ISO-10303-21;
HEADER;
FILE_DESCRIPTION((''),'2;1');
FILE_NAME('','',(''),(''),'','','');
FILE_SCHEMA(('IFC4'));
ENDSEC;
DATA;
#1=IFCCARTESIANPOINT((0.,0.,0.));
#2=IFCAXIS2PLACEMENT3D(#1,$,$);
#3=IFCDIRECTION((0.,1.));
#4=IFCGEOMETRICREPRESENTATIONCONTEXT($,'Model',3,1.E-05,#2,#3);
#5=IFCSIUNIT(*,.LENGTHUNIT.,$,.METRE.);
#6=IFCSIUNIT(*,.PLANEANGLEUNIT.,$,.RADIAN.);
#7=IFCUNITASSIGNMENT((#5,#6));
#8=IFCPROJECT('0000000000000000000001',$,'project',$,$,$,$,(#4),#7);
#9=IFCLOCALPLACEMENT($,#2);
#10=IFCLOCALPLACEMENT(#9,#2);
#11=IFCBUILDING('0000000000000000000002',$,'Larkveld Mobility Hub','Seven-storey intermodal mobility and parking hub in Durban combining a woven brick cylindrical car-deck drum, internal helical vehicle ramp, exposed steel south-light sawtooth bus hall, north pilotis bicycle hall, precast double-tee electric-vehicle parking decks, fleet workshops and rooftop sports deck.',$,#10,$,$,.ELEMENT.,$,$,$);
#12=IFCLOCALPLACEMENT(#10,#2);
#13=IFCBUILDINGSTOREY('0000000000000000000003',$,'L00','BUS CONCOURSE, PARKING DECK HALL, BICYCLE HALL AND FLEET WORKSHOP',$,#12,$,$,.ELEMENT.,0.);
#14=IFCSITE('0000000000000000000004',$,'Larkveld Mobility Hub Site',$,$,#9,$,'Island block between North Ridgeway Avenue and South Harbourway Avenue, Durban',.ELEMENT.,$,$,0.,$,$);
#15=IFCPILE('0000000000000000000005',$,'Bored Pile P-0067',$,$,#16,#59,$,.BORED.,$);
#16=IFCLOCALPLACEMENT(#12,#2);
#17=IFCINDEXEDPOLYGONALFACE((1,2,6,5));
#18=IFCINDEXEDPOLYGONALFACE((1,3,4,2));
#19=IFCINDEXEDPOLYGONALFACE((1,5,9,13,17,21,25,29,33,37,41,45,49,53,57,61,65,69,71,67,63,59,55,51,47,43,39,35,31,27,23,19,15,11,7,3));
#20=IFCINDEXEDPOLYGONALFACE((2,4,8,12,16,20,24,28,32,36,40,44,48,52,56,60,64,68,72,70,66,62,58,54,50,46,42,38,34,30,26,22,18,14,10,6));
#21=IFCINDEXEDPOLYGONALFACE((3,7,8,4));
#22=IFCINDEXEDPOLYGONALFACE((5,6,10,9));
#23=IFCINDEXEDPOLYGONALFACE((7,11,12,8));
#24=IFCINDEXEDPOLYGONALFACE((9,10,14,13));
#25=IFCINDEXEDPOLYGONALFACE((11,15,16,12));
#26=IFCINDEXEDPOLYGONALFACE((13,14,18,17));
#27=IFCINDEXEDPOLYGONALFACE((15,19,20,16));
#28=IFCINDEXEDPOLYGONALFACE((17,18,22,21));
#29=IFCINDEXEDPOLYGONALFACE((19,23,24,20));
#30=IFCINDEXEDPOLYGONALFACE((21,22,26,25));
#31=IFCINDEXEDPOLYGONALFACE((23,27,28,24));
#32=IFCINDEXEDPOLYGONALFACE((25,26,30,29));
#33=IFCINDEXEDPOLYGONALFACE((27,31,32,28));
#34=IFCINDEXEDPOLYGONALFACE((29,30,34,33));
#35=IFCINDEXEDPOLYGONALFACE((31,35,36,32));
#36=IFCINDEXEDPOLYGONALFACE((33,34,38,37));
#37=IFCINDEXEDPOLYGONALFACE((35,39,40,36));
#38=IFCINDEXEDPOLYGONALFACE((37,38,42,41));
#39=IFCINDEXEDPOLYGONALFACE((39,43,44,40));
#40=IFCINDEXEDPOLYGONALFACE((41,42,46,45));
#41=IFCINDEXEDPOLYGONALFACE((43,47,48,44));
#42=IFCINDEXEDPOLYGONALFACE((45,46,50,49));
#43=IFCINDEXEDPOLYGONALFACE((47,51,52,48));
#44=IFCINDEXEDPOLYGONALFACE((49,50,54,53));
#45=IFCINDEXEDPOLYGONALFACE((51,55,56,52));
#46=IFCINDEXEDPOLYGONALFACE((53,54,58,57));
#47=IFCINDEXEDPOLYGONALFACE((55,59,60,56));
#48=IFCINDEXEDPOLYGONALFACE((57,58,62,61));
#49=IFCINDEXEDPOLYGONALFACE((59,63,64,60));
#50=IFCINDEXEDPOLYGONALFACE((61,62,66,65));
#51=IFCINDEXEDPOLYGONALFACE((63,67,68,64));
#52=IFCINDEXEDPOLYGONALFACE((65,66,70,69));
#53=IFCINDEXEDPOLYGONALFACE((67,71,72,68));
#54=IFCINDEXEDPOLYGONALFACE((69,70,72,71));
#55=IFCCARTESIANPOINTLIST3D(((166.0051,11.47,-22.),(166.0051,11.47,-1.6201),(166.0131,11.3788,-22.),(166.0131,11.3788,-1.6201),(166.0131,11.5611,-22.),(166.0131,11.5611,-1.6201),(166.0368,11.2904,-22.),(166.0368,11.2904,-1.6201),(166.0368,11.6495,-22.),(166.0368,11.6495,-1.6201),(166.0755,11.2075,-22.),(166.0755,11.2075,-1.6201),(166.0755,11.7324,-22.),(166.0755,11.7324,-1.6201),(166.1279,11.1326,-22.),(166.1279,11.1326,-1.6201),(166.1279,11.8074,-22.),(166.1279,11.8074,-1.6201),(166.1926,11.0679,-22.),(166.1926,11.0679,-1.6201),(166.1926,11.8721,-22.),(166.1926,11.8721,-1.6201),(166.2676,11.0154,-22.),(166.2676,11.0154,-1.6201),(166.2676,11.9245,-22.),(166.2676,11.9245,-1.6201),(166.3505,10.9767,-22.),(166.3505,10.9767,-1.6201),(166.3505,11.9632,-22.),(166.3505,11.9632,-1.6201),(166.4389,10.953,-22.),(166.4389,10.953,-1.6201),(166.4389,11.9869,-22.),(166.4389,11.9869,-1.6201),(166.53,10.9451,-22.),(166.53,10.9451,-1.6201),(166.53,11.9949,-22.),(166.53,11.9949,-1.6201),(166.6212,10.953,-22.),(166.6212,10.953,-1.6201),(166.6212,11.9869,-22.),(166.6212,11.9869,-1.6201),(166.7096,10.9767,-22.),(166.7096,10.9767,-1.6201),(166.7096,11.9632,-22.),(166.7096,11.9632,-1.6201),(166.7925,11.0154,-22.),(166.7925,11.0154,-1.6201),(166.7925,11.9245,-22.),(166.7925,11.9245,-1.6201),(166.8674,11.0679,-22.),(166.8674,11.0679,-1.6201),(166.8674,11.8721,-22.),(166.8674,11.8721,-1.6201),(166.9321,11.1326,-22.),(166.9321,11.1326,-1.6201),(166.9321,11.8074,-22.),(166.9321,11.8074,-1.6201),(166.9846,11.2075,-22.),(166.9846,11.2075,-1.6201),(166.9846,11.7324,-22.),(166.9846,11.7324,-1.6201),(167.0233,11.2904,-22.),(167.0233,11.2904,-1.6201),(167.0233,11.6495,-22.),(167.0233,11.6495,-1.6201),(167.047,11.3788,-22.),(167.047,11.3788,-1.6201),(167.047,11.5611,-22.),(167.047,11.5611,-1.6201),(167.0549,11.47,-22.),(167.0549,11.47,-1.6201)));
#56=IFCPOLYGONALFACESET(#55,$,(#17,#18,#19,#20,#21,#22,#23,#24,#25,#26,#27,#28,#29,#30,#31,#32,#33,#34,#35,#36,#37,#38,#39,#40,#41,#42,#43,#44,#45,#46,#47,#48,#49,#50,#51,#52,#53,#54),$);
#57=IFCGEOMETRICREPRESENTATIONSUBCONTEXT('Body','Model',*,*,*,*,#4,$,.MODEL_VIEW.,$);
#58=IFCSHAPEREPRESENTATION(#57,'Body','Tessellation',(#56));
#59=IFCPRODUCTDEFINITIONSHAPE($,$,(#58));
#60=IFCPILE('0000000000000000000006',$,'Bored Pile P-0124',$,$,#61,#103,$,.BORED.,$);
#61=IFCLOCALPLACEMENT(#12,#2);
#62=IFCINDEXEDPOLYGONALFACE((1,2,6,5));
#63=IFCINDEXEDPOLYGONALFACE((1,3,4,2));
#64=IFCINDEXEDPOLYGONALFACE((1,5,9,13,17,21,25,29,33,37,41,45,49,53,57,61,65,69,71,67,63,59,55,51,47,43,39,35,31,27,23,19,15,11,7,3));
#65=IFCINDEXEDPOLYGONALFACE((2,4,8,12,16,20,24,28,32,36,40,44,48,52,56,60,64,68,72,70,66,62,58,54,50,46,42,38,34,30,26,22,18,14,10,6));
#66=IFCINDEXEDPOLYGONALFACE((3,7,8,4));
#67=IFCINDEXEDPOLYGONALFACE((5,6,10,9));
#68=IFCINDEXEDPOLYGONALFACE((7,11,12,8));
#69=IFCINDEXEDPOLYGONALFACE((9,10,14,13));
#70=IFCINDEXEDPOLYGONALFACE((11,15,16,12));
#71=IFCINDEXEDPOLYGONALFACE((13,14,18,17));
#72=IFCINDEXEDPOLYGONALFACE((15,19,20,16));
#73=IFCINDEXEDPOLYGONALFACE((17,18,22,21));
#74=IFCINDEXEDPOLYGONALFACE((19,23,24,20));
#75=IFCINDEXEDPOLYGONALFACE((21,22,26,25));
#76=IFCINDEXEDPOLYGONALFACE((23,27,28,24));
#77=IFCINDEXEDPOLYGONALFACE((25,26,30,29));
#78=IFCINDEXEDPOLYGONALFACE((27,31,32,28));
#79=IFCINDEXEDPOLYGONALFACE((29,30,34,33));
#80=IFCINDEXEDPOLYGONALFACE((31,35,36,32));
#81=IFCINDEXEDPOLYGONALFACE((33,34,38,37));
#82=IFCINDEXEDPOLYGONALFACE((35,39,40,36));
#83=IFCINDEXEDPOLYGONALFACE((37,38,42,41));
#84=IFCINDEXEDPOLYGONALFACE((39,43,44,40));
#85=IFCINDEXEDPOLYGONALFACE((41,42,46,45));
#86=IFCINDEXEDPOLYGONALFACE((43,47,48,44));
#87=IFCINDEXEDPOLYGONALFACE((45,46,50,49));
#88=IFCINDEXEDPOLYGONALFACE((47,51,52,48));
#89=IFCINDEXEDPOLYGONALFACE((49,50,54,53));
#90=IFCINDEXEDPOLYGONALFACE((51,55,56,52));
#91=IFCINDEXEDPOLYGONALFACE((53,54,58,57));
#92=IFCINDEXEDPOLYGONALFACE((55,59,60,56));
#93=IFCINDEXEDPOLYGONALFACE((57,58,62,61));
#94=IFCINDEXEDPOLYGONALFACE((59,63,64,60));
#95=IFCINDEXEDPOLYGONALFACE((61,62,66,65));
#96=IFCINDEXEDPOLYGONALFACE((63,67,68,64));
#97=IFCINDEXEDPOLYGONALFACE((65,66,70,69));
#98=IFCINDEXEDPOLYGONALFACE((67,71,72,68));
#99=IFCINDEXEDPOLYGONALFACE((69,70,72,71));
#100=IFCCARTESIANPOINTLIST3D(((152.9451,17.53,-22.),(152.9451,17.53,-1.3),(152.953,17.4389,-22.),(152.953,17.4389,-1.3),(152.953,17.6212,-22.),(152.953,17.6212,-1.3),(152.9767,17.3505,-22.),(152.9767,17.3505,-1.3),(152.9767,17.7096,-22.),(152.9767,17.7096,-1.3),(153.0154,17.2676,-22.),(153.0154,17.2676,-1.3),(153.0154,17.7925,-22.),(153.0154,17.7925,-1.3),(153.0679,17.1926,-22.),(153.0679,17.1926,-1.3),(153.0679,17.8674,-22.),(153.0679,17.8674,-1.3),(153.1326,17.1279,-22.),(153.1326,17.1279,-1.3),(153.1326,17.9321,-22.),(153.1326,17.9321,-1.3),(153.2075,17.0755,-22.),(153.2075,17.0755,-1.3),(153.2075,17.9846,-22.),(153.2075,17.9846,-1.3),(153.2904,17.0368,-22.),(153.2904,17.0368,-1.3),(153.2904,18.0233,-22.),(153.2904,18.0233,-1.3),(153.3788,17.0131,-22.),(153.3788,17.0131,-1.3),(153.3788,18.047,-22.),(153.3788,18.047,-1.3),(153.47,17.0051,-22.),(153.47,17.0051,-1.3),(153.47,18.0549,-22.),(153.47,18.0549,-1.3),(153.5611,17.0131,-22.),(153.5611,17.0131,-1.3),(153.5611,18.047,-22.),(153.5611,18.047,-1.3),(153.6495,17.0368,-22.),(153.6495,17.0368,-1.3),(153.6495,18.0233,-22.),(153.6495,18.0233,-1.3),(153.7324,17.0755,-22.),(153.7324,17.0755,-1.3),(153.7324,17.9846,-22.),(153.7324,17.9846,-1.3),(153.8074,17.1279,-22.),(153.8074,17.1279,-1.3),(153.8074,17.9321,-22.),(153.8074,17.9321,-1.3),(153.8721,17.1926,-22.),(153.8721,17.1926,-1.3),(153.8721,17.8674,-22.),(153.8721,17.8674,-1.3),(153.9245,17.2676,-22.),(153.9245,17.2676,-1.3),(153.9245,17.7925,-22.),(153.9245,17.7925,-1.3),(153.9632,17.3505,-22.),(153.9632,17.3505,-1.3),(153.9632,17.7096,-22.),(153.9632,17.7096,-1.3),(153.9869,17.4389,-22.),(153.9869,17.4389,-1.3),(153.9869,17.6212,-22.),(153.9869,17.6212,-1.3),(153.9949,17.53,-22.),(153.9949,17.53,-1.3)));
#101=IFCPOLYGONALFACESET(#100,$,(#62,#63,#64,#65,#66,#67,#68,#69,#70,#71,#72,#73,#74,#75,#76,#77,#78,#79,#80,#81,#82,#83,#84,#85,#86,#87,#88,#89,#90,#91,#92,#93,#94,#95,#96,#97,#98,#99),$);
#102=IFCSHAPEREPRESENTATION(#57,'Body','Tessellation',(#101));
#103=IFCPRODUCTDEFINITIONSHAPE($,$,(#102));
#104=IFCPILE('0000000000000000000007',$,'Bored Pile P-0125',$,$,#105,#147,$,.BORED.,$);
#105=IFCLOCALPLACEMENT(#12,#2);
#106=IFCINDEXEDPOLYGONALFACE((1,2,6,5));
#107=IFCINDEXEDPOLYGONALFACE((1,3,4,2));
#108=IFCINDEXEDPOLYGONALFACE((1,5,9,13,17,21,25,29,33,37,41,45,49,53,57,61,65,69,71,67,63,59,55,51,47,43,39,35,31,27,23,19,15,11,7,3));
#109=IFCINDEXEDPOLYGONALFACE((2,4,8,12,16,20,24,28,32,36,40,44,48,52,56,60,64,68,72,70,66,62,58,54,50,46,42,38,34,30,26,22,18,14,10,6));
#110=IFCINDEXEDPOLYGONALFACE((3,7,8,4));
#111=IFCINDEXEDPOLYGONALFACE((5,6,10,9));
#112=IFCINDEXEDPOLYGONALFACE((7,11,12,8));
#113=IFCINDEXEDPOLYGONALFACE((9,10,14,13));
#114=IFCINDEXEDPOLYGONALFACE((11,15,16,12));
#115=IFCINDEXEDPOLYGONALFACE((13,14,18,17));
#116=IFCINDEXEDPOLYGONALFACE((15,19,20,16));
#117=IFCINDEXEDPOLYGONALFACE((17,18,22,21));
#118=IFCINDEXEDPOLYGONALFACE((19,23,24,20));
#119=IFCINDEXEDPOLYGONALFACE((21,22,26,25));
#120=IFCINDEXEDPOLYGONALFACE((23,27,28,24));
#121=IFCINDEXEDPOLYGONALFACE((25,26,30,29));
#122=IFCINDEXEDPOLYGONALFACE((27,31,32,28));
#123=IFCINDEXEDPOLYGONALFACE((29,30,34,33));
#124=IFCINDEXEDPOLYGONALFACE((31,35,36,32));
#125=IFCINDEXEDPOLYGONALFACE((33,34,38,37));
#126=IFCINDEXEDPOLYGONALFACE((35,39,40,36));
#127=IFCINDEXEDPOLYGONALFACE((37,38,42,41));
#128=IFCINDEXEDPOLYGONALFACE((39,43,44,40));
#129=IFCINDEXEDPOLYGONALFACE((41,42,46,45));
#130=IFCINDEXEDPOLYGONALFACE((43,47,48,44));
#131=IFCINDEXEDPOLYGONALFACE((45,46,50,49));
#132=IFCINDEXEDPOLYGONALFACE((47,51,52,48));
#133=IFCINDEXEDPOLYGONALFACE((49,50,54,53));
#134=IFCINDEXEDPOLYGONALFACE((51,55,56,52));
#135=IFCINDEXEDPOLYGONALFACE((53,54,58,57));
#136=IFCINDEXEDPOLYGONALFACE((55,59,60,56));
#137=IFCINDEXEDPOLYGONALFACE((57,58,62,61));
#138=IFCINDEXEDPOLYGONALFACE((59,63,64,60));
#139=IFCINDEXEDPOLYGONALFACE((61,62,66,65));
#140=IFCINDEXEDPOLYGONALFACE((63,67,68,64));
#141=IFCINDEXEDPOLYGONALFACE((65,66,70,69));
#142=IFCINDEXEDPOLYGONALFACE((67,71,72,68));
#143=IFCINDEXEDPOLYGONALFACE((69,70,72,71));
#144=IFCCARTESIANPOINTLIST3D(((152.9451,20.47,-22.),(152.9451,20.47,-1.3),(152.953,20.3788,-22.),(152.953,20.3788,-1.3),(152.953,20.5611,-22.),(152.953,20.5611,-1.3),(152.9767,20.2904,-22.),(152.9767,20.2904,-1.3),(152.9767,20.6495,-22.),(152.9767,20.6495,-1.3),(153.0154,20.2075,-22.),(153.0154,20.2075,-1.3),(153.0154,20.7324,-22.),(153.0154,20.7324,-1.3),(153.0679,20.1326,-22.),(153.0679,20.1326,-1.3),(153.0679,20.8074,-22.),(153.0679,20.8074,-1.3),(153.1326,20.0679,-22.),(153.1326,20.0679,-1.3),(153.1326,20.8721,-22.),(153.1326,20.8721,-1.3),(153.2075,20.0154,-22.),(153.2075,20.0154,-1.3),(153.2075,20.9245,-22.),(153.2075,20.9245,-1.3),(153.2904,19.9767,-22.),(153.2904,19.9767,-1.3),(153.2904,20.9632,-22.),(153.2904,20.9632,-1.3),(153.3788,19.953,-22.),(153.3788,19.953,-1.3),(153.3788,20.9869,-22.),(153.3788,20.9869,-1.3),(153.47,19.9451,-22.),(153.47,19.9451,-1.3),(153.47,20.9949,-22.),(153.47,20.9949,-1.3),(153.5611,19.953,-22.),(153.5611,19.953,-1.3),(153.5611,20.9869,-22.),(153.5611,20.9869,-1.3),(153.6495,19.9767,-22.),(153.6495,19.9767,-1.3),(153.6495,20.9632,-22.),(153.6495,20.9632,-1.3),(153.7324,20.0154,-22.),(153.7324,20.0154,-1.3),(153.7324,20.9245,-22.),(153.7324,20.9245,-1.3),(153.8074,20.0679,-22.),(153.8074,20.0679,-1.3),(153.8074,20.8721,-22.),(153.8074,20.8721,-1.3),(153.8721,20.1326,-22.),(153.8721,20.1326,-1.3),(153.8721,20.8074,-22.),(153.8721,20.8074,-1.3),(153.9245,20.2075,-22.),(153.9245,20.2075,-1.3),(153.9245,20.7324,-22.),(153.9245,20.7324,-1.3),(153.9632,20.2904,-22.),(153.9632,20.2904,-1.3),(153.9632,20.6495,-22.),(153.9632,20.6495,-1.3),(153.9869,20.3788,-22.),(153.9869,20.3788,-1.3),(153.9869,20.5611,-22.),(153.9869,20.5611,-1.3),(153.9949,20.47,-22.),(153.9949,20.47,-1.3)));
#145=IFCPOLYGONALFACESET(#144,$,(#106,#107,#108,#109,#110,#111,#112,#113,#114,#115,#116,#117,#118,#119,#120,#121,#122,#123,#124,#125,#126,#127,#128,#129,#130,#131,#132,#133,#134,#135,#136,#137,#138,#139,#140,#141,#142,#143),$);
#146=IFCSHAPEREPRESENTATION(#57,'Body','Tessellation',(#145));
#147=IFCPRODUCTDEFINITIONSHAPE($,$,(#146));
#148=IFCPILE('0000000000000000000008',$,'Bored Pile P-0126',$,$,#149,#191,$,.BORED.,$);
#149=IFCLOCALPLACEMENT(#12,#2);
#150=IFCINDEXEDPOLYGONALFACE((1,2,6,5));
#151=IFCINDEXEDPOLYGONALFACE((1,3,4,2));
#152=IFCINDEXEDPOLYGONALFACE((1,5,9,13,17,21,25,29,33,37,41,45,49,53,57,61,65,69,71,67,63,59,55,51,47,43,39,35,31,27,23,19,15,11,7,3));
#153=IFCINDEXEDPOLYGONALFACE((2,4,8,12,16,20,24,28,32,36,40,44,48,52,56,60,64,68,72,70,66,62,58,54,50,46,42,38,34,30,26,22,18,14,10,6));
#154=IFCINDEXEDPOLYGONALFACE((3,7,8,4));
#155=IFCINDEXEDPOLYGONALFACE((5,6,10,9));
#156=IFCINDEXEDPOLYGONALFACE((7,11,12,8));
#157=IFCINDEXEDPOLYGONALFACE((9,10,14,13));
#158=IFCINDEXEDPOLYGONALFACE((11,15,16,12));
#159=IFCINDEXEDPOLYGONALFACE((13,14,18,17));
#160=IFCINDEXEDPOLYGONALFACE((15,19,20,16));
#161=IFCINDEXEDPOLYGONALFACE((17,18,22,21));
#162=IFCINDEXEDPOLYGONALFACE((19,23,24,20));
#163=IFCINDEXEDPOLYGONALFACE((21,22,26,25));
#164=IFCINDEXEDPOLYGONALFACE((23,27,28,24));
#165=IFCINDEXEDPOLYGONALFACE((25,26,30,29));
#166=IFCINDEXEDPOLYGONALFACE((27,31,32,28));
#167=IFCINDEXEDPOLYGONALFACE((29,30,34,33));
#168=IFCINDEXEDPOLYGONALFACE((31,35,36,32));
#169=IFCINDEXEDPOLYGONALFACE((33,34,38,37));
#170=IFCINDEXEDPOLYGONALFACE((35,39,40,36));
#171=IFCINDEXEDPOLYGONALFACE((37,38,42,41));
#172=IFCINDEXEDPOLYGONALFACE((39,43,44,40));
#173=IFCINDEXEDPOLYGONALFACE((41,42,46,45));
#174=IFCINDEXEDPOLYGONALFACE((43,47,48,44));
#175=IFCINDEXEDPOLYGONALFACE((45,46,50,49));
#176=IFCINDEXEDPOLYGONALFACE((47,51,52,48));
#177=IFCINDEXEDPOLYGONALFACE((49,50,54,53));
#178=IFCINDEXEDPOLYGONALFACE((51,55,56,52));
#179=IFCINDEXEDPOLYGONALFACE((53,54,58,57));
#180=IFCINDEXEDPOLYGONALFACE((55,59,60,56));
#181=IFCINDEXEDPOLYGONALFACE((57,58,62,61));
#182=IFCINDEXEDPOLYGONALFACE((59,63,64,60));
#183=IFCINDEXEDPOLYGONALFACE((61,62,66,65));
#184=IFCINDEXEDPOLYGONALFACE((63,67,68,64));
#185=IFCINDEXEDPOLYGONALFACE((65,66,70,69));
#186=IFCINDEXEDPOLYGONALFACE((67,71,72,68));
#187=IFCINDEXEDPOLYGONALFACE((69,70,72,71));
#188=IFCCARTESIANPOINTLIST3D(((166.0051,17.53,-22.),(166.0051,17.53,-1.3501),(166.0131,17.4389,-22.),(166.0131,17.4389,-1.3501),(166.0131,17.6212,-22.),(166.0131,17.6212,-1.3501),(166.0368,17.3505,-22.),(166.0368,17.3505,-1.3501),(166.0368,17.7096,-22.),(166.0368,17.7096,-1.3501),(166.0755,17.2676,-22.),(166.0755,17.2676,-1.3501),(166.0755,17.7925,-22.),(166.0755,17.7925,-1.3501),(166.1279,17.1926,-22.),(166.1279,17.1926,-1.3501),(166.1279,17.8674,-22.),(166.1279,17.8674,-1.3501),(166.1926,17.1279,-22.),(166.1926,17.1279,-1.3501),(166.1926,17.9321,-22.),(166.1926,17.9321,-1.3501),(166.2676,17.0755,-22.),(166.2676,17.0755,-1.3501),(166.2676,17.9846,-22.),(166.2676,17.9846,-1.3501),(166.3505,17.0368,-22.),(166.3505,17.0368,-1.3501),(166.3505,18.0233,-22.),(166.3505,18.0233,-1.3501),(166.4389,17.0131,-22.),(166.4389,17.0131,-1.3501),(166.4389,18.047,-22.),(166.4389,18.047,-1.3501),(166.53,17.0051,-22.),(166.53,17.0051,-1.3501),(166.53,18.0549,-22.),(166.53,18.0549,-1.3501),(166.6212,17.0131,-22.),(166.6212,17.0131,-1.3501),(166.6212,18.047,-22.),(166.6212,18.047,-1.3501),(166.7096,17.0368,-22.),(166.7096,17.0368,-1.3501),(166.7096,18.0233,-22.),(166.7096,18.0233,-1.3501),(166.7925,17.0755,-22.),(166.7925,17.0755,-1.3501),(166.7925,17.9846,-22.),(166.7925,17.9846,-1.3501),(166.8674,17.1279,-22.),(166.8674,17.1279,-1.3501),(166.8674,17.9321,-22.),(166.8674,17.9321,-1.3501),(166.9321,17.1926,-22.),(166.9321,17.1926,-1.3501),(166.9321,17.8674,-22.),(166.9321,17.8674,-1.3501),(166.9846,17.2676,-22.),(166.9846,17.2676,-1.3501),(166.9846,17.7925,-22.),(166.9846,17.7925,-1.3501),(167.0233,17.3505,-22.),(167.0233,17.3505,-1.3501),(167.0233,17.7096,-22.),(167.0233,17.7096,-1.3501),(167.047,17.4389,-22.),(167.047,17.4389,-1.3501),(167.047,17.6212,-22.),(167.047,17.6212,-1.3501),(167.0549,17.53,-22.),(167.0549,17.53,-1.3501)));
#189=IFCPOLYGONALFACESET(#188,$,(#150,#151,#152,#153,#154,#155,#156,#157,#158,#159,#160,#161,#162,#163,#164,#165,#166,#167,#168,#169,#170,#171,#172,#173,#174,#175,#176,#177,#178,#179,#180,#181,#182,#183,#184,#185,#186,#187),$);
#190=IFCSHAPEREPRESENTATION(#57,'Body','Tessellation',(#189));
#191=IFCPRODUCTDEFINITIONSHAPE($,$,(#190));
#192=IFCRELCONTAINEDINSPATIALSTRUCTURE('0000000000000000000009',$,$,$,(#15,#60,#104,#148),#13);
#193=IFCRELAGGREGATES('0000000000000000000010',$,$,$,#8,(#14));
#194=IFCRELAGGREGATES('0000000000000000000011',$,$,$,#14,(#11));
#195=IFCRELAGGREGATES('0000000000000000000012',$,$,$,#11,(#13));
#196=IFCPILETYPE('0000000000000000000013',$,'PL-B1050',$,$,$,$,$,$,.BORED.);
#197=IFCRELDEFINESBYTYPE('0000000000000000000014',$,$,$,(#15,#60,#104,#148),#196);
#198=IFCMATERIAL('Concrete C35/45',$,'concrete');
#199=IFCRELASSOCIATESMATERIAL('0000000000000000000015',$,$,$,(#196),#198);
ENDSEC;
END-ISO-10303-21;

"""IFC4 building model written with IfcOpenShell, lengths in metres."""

from ifc_helpers import new_model, si_unit, direction, frame, origin, origin_2d, place, context, subcontext, project, spatial, circle, extrude, material, material_profile, profile_set, type_object, element, save


model = new_model("IFC4")

# Units and contexts
model_context = context("Model", 3, precision=1e-05, world=origin(), true_north=direction((0.0, 1.0)))
body_context = subcontext(model_context, "Body", "Model", "MODEL_VIEW")
ifc_project = project(units=[si_unit("LENGTHUNIT", "METRE"), si_unit("PLANEANGLEUNIT", "RADIAN")], contexts=[model_context])

# Site, building, storey
site_placement = place(None, origin())
site = spatial("IfcSite", under=ifc_project, at=site_placement, Name="Larkveld Mobility Hub Site", LongName="Island block between North Ridgeway Avenue and South Harbourway Avenue, Durban", CompositionType="ELEMENT", RefElevation=0.0)
building_placement = place(site_placement, origin())
building = spatial("IfcBuilding", under=site, at=building_placement, Name="Larkveld Mobility Hub", Description="Seven-storey intermodal mobility and parking hub in Durban combining a woven brick cylindrical car-deck drum, internal helical vehicle ramp, exposed steel south-light sawtooth bus hall, north pilotis bicycle hall, precast double-tee electric-vehicle parking decks, fleet workshops and rooftop sports deck.", CompositionType="ELEMENT")
storey_placement = place(building_placement, origin())
storey = spatial("IfcBuildingStorey", under=building, at=storey_placement, Name="L00", Description="BUS CONCOURSE, PARKING DECK HALL, BICYCLE HALL AND FLEET WORKSHOP", CompositionType="ELEMENT", Elevation=0.0)

# Shared definitions
ifc_material_1 = material(Name="Concrete C35/45", Category="concrete")

# Piles
ifc_material_profile_1 = material_profile(ifc_material_1, circle(Radius=0.5249, at=origin_2d()), Name="PILE D1050")
ifc_profile_set_1 = profile_set([ifc_material_profile_1], Name="Concrete C35/45")
pile_type = type_object("IfcPileType", Name="PL-B1050", PredefinedType="BORED", material=ifc_profile_set_1)
pile_1_placement = place(storey_placement, frame((166.53, 11.47, -1.6201), z_axis=(0.0, 0.0, -1.0), x_axis=(1.0, 0.0, 0.0)))
element("IfcPile", 1, at=pile_1_placement, inside=storey, type_object=pile_type, Name="Bored Pile P-0067", PredefinedType="BORED", context=body_context, shape_type="SweptSolid", body=[
    extrude(circle(Radius=0.5249, at=origin_2d()), origin(), (0.0, 0.0, 1.0), 20.3799),
])
for number, where, z_axis, x_axis, name in (
    (2, (153.47, 17.53, -1.3), (0.0, 0.0, -1.0), (1.0, 0.0, 0.0), "Bored Pile P-0124"),
    (3, (153.47, 20.47, -1.3), (0.0, 0.0, -1.0), (1.0, 0.0, 0.0), "Bored Pile P-0125"),
):
    element("IfcPile", number, at=place(storey_placement, frame(where, z_axis=z_axis, x_axis=x_axis)), inside=storey, type_object=pile_type, Name=name, PredefinedType="BORED", context=body_context, shape_type="SweptSolid", body=[
        extrude(circle(Radius=0.5249, at=origin_2d()), origin(), (0.0, 0.0, 1.0), 20.7),
    ])
for number, where, z_axis, x_axis, name in (
    (4, (166.53, 17.53, -1.3501), (0.0, 0.0, -1.0), (1.0, 0.0, 0.0), "Bored Pile P-0126"),
):
    element("IfcPile", number, at=place(storey_placement, frame(where, z_axis=z_axis, x_axis=x_axis)), inside=storey, type_object=pile_type, Name=name, PredefinedType="BORED", context=body_context, shape_type="SweptSolid", body=[
        extrude(circle(Radius=0.5249, at=origin_2d()), origin(), (0.0, 0.0, 1.0), 20.6499),
    ])

save(model, "model.ifc")
